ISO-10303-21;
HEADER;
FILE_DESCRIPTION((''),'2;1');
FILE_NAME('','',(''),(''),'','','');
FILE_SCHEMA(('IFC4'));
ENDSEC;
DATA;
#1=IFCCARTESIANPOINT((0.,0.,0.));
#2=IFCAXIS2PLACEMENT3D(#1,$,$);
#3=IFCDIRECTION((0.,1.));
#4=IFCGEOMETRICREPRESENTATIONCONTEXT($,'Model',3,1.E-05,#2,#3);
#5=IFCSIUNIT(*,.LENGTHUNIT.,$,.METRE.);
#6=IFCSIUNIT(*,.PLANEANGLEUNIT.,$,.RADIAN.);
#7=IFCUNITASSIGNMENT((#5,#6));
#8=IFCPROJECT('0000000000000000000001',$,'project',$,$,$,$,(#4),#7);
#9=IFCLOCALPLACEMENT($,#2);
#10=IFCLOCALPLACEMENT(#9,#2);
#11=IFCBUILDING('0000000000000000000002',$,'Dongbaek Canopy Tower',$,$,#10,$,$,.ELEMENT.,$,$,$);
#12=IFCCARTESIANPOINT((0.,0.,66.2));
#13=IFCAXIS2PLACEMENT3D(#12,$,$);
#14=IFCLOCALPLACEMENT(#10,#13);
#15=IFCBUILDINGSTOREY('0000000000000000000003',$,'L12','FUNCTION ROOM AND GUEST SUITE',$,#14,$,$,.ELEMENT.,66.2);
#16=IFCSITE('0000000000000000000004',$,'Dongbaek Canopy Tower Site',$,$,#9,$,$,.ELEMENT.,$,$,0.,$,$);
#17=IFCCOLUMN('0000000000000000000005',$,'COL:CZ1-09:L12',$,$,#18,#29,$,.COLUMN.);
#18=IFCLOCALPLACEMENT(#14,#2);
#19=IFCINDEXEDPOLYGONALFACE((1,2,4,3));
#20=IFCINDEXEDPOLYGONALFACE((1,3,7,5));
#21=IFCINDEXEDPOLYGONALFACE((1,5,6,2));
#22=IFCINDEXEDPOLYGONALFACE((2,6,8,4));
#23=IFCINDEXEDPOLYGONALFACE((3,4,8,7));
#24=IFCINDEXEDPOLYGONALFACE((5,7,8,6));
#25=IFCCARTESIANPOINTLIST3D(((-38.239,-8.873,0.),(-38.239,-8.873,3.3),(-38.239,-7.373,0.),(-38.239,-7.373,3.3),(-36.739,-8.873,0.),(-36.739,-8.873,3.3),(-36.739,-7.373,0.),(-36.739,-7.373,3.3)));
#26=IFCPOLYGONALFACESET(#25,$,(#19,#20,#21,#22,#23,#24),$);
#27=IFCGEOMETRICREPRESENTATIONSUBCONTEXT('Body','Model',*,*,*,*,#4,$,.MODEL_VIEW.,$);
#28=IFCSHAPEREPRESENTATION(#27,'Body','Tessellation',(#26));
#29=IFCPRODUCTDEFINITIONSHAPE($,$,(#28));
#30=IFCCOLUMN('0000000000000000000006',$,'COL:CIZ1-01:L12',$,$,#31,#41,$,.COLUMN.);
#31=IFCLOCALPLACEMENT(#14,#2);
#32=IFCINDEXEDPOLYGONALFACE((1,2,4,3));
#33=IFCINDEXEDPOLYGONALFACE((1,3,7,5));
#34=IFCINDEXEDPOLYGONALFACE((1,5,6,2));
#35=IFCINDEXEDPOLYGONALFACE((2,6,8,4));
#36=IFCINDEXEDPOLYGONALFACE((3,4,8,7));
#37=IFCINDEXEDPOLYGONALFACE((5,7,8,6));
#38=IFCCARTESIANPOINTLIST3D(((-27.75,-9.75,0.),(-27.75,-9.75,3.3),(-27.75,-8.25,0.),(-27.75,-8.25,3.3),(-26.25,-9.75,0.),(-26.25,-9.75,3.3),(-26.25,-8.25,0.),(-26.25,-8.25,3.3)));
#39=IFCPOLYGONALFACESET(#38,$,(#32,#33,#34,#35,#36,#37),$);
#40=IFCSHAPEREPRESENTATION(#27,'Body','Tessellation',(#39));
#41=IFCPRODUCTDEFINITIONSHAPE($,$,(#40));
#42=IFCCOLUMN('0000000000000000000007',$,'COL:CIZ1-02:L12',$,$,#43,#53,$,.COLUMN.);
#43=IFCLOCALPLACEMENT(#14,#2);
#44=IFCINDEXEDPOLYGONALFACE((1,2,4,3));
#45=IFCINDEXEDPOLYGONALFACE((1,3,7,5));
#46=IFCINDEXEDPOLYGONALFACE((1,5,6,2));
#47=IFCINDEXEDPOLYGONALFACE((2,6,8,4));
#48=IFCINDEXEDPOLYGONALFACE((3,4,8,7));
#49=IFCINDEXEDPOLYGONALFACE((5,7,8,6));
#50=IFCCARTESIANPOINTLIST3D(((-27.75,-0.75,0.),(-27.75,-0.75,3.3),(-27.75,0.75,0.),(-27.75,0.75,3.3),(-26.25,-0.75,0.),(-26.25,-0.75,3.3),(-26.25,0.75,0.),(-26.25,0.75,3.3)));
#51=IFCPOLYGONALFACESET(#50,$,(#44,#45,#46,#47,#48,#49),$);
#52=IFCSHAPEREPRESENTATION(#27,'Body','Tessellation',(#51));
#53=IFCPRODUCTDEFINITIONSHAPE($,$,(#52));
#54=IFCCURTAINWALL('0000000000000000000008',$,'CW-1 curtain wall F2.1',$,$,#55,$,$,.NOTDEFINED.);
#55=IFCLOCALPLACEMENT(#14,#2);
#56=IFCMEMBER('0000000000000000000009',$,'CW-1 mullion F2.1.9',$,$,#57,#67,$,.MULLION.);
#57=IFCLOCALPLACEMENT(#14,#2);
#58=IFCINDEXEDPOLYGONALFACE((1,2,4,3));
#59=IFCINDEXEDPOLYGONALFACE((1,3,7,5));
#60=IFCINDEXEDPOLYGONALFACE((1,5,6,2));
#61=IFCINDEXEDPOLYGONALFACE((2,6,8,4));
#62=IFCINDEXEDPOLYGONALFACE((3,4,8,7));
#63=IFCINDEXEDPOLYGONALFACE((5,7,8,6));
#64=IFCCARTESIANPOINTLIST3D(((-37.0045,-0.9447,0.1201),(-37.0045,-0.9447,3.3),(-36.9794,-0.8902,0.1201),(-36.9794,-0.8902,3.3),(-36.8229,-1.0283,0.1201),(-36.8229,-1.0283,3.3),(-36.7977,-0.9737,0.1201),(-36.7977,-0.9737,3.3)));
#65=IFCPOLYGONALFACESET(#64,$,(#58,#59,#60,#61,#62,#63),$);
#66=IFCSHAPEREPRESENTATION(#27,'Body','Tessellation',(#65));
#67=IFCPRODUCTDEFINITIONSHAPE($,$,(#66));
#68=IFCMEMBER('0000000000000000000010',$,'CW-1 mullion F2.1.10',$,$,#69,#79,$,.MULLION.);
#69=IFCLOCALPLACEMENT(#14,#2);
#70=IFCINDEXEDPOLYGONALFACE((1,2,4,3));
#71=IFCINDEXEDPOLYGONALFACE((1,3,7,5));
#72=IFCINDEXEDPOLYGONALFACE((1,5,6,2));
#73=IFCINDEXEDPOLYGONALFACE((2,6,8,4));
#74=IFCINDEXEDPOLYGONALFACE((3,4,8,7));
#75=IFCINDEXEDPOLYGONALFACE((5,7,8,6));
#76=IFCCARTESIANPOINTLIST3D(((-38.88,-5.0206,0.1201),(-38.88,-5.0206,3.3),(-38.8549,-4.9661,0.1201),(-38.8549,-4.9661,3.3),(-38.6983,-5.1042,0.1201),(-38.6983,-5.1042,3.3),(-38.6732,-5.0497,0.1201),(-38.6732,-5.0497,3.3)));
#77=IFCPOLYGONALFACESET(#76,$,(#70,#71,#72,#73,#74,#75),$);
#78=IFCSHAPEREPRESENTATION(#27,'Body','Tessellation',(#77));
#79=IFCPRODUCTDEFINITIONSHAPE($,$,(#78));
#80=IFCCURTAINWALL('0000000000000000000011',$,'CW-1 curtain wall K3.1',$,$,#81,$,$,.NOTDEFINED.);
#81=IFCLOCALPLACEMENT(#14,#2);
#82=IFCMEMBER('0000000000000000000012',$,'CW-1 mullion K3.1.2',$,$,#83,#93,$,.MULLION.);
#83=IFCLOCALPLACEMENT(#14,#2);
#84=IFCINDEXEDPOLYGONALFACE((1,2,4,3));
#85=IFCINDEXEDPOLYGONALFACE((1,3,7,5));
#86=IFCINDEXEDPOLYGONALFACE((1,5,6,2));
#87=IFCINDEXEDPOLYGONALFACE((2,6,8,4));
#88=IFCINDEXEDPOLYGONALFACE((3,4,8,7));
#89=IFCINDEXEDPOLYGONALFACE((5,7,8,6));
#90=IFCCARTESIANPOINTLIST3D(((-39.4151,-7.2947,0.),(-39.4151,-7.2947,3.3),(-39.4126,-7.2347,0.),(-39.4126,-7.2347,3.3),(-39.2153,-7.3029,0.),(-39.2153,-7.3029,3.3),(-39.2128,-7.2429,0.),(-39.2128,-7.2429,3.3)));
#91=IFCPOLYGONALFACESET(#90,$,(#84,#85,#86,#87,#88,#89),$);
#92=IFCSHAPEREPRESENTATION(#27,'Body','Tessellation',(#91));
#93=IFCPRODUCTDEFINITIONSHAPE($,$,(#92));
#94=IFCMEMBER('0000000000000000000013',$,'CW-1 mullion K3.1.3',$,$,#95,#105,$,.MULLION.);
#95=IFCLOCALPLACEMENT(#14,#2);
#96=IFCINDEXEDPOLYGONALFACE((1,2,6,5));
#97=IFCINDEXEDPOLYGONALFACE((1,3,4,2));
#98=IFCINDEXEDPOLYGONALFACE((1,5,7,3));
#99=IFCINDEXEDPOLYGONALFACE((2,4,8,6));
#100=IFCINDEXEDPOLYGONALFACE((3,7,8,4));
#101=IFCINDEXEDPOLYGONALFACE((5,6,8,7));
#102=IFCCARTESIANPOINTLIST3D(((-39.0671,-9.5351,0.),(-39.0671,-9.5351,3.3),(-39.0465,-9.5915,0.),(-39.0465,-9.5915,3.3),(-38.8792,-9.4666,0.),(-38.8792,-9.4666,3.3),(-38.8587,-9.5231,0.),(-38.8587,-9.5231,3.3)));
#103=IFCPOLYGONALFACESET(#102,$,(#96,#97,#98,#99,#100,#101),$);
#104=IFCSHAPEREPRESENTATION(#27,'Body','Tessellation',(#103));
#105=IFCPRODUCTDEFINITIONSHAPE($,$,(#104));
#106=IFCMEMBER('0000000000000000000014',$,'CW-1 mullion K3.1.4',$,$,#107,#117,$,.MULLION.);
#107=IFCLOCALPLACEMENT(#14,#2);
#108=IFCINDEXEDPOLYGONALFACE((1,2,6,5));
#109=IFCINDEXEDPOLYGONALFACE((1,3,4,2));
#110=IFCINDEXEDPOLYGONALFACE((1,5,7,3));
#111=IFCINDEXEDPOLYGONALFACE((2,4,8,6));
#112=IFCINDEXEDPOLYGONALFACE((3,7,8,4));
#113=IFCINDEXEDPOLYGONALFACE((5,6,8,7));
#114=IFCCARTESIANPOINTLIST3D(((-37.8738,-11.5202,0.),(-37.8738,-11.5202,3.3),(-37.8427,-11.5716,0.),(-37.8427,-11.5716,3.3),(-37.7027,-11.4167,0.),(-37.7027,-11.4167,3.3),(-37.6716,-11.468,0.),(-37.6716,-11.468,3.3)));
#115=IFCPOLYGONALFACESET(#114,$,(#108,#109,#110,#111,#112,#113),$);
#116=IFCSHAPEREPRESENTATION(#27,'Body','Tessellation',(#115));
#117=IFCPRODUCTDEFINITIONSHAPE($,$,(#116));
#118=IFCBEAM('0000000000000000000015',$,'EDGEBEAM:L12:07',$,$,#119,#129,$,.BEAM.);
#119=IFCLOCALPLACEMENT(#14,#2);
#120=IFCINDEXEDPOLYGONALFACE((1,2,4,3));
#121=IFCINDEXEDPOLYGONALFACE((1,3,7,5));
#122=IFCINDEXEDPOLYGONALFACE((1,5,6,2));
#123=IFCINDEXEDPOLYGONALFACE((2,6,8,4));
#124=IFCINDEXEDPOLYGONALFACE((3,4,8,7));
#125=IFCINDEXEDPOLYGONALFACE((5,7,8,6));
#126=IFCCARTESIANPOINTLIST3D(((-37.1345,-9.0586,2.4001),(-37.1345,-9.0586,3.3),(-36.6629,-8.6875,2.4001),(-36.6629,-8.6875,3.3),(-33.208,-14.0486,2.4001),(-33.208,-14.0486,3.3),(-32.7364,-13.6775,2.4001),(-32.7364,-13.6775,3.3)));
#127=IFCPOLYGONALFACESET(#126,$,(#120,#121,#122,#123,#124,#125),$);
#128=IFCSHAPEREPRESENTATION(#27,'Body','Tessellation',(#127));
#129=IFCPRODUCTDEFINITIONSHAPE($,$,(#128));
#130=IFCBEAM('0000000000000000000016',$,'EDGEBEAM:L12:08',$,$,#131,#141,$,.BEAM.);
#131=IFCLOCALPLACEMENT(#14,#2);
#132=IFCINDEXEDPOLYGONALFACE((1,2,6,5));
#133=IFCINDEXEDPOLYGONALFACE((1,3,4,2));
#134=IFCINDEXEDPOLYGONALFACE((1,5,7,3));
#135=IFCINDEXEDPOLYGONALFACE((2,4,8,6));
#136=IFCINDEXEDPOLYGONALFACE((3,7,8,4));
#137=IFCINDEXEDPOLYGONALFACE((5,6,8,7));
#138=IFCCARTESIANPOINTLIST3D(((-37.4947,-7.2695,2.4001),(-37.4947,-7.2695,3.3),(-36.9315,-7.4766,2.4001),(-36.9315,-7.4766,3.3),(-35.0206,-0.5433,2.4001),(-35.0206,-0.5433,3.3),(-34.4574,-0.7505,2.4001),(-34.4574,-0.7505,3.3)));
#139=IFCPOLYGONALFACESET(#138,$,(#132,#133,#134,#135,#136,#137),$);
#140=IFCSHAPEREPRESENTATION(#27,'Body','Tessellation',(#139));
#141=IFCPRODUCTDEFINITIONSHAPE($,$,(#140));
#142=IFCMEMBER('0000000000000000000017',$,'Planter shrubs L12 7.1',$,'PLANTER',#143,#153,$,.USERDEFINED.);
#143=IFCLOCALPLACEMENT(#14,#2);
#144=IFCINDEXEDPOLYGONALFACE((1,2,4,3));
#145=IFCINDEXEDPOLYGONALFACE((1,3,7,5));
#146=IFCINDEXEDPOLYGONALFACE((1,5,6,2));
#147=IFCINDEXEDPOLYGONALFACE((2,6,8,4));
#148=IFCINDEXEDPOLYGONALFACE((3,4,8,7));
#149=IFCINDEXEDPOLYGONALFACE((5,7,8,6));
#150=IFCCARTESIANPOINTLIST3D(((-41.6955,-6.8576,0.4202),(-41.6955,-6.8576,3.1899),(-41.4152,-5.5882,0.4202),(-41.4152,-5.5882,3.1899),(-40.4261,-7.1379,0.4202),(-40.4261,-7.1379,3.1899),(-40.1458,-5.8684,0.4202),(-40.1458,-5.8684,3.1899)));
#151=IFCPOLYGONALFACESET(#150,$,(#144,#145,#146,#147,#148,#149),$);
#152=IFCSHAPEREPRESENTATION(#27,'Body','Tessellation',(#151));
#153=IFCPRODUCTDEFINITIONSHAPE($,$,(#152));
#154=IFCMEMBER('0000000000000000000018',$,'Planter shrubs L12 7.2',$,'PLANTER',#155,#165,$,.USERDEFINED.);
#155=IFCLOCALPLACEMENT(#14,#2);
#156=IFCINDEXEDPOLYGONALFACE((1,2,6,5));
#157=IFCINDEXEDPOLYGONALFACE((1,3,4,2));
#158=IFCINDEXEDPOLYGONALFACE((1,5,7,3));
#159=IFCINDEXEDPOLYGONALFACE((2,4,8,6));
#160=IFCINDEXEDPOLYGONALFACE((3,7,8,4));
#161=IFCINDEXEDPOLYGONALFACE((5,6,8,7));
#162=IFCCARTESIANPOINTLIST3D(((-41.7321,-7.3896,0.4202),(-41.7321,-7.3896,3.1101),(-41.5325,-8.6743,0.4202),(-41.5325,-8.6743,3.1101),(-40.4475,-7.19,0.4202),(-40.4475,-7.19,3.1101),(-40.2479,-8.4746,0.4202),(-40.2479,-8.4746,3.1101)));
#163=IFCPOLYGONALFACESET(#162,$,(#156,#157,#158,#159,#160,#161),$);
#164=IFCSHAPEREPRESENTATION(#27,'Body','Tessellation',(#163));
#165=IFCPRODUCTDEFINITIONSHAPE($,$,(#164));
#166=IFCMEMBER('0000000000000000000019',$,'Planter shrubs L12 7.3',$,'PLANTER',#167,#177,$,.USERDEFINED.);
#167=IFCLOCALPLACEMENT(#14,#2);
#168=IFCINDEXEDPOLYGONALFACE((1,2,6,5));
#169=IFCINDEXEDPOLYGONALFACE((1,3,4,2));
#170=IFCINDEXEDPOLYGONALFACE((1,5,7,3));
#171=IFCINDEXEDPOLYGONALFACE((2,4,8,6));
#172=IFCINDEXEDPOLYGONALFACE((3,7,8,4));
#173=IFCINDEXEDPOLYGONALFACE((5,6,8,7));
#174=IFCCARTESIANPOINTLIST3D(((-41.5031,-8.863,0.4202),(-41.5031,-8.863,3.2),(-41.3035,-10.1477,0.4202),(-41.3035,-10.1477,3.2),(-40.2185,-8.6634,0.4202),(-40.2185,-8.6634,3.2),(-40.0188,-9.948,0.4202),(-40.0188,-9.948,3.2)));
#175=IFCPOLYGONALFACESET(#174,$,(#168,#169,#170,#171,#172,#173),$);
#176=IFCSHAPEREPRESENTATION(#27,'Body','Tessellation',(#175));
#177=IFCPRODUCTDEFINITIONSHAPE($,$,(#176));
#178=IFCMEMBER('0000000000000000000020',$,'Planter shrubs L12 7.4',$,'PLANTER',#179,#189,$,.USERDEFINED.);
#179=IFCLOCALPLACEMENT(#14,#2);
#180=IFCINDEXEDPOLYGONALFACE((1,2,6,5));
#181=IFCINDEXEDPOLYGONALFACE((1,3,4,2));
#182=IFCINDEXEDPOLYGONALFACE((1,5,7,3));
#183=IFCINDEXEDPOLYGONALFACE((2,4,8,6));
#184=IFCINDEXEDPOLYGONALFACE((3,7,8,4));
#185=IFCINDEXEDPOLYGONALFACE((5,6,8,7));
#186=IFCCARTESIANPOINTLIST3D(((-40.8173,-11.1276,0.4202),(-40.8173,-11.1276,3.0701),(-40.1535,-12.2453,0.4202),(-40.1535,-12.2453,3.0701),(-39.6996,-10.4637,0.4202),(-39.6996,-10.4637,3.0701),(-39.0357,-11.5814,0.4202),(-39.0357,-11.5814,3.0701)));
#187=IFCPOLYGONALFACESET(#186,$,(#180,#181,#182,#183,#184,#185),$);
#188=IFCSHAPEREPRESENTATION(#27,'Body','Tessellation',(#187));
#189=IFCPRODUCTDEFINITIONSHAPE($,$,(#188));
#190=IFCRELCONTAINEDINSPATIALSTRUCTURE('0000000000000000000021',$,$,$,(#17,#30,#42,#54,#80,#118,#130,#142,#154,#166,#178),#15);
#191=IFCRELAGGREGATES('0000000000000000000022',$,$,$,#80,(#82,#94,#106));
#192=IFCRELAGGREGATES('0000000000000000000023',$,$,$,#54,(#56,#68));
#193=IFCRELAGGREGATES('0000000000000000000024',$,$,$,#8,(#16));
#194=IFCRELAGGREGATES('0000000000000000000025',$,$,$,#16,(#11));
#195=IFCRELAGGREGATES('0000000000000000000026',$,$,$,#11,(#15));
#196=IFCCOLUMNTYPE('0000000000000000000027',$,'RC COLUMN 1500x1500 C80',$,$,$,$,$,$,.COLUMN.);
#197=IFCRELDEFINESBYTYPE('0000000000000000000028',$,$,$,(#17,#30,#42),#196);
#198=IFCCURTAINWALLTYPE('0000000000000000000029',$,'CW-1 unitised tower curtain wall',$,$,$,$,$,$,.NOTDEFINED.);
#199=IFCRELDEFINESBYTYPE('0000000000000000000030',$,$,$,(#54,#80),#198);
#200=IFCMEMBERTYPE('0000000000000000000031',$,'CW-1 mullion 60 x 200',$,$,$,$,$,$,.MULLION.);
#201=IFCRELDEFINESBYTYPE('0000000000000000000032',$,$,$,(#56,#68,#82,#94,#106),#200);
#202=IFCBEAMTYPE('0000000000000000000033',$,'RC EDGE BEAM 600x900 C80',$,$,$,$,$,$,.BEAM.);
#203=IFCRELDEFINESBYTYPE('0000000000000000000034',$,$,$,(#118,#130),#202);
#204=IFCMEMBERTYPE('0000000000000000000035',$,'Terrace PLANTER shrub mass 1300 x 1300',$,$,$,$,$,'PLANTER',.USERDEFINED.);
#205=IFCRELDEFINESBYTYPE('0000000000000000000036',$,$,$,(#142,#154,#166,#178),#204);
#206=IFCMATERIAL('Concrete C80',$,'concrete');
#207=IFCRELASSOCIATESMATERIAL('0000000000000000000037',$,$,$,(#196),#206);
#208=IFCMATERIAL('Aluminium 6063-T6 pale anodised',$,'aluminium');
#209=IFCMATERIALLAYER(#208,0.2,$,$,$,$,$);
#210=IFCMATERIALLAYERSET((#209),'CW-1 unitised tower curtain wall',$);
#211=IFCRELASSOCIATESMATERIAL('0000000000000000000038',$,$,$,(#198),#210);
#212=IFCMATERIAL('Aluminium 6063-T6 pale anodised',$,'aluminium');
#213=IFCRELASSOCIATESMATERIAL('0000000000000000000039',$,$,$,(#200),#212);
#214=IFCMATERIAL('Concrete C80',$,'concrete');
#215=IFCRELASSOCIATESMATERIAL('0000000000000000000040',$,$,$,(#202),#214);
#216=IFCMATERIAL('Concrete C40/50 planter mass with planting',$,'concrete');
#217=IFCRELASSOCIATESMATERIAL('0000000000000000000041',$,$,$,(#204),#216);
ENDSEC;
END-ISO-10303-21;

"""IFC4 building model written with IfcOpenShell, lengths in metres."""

from ifc_helpers import new_model, si_unit, direction, frame, origin, origin_2d, place, context, subcontext, project, spatial, rectangle, extrude, material, layer, layer_set, material_profile, profile_set, type_object, element, aggregate, save


model = new_model("IFC4")

# Units and contexts
model_context = context("Model", 3, precision=1e-05, world=origin(), true_north=direction((0.0, 1.0)))
body_context = subcontext(model_context, "Body", "Model", "MODEL_VIEW")
ifc_project = project(units=[si_unit("LENGTHUNIT", "METRE"), si_unit("PLANEANGLEUNIT", "RADIAN")], contexts=[model_context])

# Site, building, storey
site_placement = place(None, origin())
site = spatial("IfcSite", under=ifc_project, at=site_placement, Name="Dongbaek Canopy Tower Site", CompositionType="ELEMENT", RefElevation=0.0)
building_placement = place(site_placement, origin())
building = spatial("IfcBuilding", under=site, at=building_placement, Name="Dongbaek Canopy Tower", CompositionType="ELEMENT")
storey_placement = place(building_placement, frame((0.0, 0.0, 66.2)))
storey = spatial("IfcBuildingStorey", under=building, at=storey_placement, Name="L12", Description="FUNCTION ROOM AND GUEST SUITE", CompositionType="ELEMENT", Elevation=66.2)

# Columns
ifc_material_1 = material(Name="Concrete C80", Category="concrete")
ifc_material_profile_1 = material_profile(ifc_material_1, rectangle(XDim=1.5, YDim=1.5, at=origin_2d()), Name="RC COLUMN 1500x1500 C80")
ifc_profile_set_1 = profile_set([ifc_material_profile_1], Name="Concrete C80")
column_type = type_object("IfcColumnType", Name="RC COLUMN 1500x1500 C80", PredefinedType="COLUMN", material=ifc_profile_set_1)
for number, where, z_axis, x_axis, name in (
    (1, (-37.489, -8.123, 0.0), (0.0, 0.0, 1.0), (1.0, 0.0, 0.0), "COL:CZ1-09:L12"),
    (2, (-27.0, -9.0, 0.0), (0.0, 0.0, 1.0), (1.0, 0.0, 0.0), "COL:CIZ1-01:L12"),
    (3, (-27.0, 0.0, 0.0), (0.0, 0.0, 1.0), (1.0, 0.0, 0.0), "COL:CIZ1-02:L12"),
):
    element("IfcColumn", number, at=place(storey_placement, frame(where, z_axis=z_axis, x_axis=x_axis)), inside=storey, type_object=column_type, Name=name, PredefinedType="COLUMN", context=body_context, shape_type="SweptSolid", body=[
        extrude(rectangle(XDim=1.5, YDim=1.5, at=origin_2d()), origin(), (0.0, 0.0, 1.0), 3.3),
    ])

# Curtain walls, members
ifc_material_2 = material(Name="Aluminium 6063-T6 pale anodised", Category="aluminium")
ifc_layer_1 = layer(ifc_material_2, 0.2)
ifc_layer_set_1 = layer_set([ifc_layer_1], Name="CW-1 unitised tower curtain wall")
curtain_wall_type = type_object("IfcCurtainWallType", Name="CW-1 unitised tower curtain wall", PredefinedType="NOTDEFINED", material=ifc_layer_set_1)
curtain_wall_1_placement = place(storey_placement, origin())
curtain_wall_1 = element("IfcCurtainWall", 4, at=curtain_wall_1_placement, inside=storey, type_object=curtain_wall_type, Name="CW-1 curtain wall F2.1", PredefinedType="NOTDEFINED")
ifc_material_3 = material(Name="Aluminium 6063-T6 pale anodised", Category="aluminium")
ifc_material_profile_2 = material_profile(ifc_material_3, rectangle(XDim=0.2, YDim=0.0601, at=origin_2d()), Name="CW-1 mullion 60 x 200")
ifc_profile_set_2 = profile_set([ifc_material_profile_2], Name="Aluminium 6063-T6 pale anodised")
member_type_1 = type_object("IfcMemberType", Name="CW-1 mullion 60 x 200", PredefinedType="MULLION", material=ifc_profile_set_2)
member_1_placement = place(storey_placement, frame((-36.9011, -0.9592, 0.1201), z_axis=(0.0, 0.0, 1.0), x_axis=(-0.908436, 0.418025, 0.0)))
member_1 = element("IfcMember", 5, at=member_1_placement, type_object=member_type_1, Name="CW-1 mullion F2.1.9", PredefinedType="MULLION", context=body_context, shape_type="SweptSolid", body=[
    extrude(rectangle(XDim=0.2, YDim=0.0601, at=origin_2d()), origin(), (0.0, 0.0, 1.0), 3.1799),
])
member_2_placement = place(storey_placement, frame((-38.7766, -5.0352, 0.1201), z_axis=(0.0, 0.0, 1.0), x_axis=(-0.908436, 0.418025, 0.0)))
member_2 = element("IfcMember", 6, at=member_2_placement, type_object=member_type_1, Name="CW-1 mullion F2.1.10", PredefinedType="MULLION", context=body_context, shape_type="SweptSolid", body=[
    extrude(rectangle(XDim=0.2, YDim=0.0601, at=origin_2d()), origin(), (0.0, 0.0, 1.0), 3.1799),
])
curtain_wall_2_placement = place(storey_placement, origin())
curtain_wall_2 = element("IfcCurtainWall", 7, at=curtain_wall_2_placement, inside=storey, type_object=curtain_wall_type, Name="CW-1 curtain wall K3.1", PredefinedType="NOTDEFINED")
member_3_placement = place(storey_placement, frame((-39.314, -7.2688, 0.0), z_axis=(0.0, 0.0, 1.0), x_axis=(-0.999161, 0.040959, 0.0)))
member_3 = element("IfcMember", 8, at=member_3_placement, type_object=member_type_1, Name="CW-1 mullion K3.1.2", PredefinedType="MULLION", context=body_context, shape_type="SweptSolid", body=[
    extrude(rectangle(XDim=0.2, YDim=0.0601, at=origin_2d()), origin(), (0.0, 0.0, 1.0), 3.3),
])
member_4_placement = place(storey_placement, frame((-38.9629, -9.5291, 0.0), z_axis=(0.0, 0.0, 1.0), x_axis=(-0.939603, -0.342267, 0.0)))
member_4 = element("IfcMember", 9, at=member_4_placement, type_object=member_type_1, Name="CW-1 mullion K3.1.3", PredefinedType="MULLION", context=body_context, shape_type="SweptSolid", body=[
    extrude(rectangle(XDim=0.2, YDim=0.0601, at=origin_2d()), origin(), (0.0, 0.0, 1.0), 3.3),
])
member_5_placement = place(storey_placement, frame((-37.7727, -11.4941, 0.0), z_axis=(0.0, 0.0, 1.0), x_axis=(-0.855398, -0.517971, 0.0)))
member_5 = element("IfcMember", 10, at=member_5_placement, type_object=member_type_1, Name="CW-1 mullion K3.1.4", PredefinedType="MULLION", context=body_context, shape_type="SweptSolid", body=[
    extrude(rectangle(XDim=0.2, YDim=0.0601, at=origin_2d()), origin(), (0.0, 0.0, 1.0), 3.3),
])

# Beams
ifc_material_4 = material(Name="Concrete C80", Category="concrete")
ifc_material_profile_3 = material_profile(ifc_material_4, rectangle(XDim=0.6001, YDim=0.8999, at=origin_2d()), Name="RC EDGE BEAM 600x900 C80")
ifc_profile_set_3 = profile_set([ifc_material_profile_3], Name="Concrete C80")
beam_type = type_object("IfcBeamType", Name="RC EDGE BEAM 600x900 C80", PredefinedType="BEAM", material=ifc_profile_set_3)
beam_1_placement = place(storey_placement, frame((-32.9722, -13.863, 2.8501), z_axis=(-0.618387, 0.785874, 0.0), x_axis=(-0.785874, -0.618387, 0.0)))
element("IfcBeam", 11, at=beam_1_placement, inside=storey, type_object=beam_type, Name="EDGEBEAM:L12:07", PredefinedType="BEAM", context=body_context, shape_type="SweptSolid", body=[
    extrude(rectangle(XDim=0.6001, YDim=0.8999, at=origin_2d()), origin(), (0.0, 0.0, 1.0), 6.3496),
])
beam_2_placement = place(storey_placement, frame((-37.2131, -7.373, 2.8501), z_axis=(0.345225, 0.93852, 0.0), x_axis=(-0.93852, 0.345225, 0.0)))
element("IfcBeam", 12, at=beam_2_placement, inside=storey, type_object=beam_type, Name="EDGEBEAM:L12:08", PredefinedType="BEAM", context=body_context, shape_type="SweptSolid", body=[
    extrude(rectangle(XDim=0.6001, YDim=0.8999, at=origin_2d()), origin(), (0.0, 0.0, 1.0), 7.1667),
])

# Members
ifc_material_5 = material(Name="Concrete C40/50 planter mass with planting", Category="concrete")
ifc_material_profile_4 = material_profile(ifc_material_5, rectangle(XDim=1.3, YDim=1.3, at=origin_2d()), Name="Terrace PLANTER shrub mass 1300 x 1300")
ifc_profile_set_4 = profile_set([ifc_material_profile_4], Name="Concrete C40/50 planter mass with planting")
member_type_2 = type_object("IfcMemberType", Name="Terrace PLANTER shrub mass 1300 x 1300", ElementType="PLANTER", PredefinedType="USERDEFINED", material=ifc_profile_set_4)
member_6_placement = place(storey_placement, frame((-40.9207, -6.363, 0.4202), z_axis=(0.0, 0.0, 1.0), x_axis=(-0.976482, 0.215598, 0.0)))
element("IfcMember", 13, at=member_6_placement, inside=storey, type_object=member_type_2, Name="Planter shrubs L12 7.1", ObjectType="PLANTER", PredefinedType="USERDEFINED", context=body_context, shape_type="SweptSolid", body=[
    extrude(rectangle(XDim=1.3, YDim=1.3, at=origin_2d()), origin(), (0.0, 0.0, 1.0), 2.7698),
])
member_7_placement = place(storey_placement, frame((-40.99, -7.9321, 0.4202), z_axis=(0.0, 0.0, 1.0), x_axis=(-0.988138, -0.153569, 0.0)))
element("IfcMember", 14, at=member_7_placement, inside=storey, type_object=member_type_2, Name="Planter shrubs L12 7.2", ObjectType="PLANTER", PredefinedType="USERDEFINED", context=body_context, shape_type="SweptSolid", body=[
    extrude(rectangle(XDim=1.3, YDim=1.3, at=origin_2d()), origin(), (0.0, 0.0, 1.0), 2.6899),
])
member_8_placement = place(storey_placement, frame((-40.761, -9.4055, 0.4202), z_axis=(0.0, 0.0, 1.0), x_axis=(-0.988138, -0.153569, 0.0)))
element("IfcMember", 15, at=member_8_placement, inside=storey, type_object=member_type_2, Name="Planter shrubs L12 7.3", ObjectType="PLANTER", PredefinedType="USERDEFINED", context=body_context, shape_type="SweptSolid", body=[
    extrude(rectangle(XDim=1.3, YDim=1.3, at=origin_2d()), origin(), (0.0, 0.0, 1.0), 2.7798),
])
member_9_placement = place(storey_placement, frame((-39.9265, -11.3545, 0.4202), z_axis=(0.0, 0.0, 1.0), x_axis=(-0.859783, -0.510659, 0.0)))
element("IfcMember", 16, at=member_9_placement, inside=storey, type_object=member_type_2, Name="Planter shrubs L12 7.4", ObjectType="PLANTER", PredefinedType="USERDEFINED", context=body_context, shape_type="SweptSolid", body=[
    extrude(rectangle(XDim=1.3, YDim=1.3, at=origin_2d()), origin(), (0.0, 0.0, 1.0), 2.6499),
])

aggregate(curtain_wall_2, [member_3, member_4, member_5])

aggregate(curtain_wall_1, [member_1, member_2])

save(model, "model.ifc")
